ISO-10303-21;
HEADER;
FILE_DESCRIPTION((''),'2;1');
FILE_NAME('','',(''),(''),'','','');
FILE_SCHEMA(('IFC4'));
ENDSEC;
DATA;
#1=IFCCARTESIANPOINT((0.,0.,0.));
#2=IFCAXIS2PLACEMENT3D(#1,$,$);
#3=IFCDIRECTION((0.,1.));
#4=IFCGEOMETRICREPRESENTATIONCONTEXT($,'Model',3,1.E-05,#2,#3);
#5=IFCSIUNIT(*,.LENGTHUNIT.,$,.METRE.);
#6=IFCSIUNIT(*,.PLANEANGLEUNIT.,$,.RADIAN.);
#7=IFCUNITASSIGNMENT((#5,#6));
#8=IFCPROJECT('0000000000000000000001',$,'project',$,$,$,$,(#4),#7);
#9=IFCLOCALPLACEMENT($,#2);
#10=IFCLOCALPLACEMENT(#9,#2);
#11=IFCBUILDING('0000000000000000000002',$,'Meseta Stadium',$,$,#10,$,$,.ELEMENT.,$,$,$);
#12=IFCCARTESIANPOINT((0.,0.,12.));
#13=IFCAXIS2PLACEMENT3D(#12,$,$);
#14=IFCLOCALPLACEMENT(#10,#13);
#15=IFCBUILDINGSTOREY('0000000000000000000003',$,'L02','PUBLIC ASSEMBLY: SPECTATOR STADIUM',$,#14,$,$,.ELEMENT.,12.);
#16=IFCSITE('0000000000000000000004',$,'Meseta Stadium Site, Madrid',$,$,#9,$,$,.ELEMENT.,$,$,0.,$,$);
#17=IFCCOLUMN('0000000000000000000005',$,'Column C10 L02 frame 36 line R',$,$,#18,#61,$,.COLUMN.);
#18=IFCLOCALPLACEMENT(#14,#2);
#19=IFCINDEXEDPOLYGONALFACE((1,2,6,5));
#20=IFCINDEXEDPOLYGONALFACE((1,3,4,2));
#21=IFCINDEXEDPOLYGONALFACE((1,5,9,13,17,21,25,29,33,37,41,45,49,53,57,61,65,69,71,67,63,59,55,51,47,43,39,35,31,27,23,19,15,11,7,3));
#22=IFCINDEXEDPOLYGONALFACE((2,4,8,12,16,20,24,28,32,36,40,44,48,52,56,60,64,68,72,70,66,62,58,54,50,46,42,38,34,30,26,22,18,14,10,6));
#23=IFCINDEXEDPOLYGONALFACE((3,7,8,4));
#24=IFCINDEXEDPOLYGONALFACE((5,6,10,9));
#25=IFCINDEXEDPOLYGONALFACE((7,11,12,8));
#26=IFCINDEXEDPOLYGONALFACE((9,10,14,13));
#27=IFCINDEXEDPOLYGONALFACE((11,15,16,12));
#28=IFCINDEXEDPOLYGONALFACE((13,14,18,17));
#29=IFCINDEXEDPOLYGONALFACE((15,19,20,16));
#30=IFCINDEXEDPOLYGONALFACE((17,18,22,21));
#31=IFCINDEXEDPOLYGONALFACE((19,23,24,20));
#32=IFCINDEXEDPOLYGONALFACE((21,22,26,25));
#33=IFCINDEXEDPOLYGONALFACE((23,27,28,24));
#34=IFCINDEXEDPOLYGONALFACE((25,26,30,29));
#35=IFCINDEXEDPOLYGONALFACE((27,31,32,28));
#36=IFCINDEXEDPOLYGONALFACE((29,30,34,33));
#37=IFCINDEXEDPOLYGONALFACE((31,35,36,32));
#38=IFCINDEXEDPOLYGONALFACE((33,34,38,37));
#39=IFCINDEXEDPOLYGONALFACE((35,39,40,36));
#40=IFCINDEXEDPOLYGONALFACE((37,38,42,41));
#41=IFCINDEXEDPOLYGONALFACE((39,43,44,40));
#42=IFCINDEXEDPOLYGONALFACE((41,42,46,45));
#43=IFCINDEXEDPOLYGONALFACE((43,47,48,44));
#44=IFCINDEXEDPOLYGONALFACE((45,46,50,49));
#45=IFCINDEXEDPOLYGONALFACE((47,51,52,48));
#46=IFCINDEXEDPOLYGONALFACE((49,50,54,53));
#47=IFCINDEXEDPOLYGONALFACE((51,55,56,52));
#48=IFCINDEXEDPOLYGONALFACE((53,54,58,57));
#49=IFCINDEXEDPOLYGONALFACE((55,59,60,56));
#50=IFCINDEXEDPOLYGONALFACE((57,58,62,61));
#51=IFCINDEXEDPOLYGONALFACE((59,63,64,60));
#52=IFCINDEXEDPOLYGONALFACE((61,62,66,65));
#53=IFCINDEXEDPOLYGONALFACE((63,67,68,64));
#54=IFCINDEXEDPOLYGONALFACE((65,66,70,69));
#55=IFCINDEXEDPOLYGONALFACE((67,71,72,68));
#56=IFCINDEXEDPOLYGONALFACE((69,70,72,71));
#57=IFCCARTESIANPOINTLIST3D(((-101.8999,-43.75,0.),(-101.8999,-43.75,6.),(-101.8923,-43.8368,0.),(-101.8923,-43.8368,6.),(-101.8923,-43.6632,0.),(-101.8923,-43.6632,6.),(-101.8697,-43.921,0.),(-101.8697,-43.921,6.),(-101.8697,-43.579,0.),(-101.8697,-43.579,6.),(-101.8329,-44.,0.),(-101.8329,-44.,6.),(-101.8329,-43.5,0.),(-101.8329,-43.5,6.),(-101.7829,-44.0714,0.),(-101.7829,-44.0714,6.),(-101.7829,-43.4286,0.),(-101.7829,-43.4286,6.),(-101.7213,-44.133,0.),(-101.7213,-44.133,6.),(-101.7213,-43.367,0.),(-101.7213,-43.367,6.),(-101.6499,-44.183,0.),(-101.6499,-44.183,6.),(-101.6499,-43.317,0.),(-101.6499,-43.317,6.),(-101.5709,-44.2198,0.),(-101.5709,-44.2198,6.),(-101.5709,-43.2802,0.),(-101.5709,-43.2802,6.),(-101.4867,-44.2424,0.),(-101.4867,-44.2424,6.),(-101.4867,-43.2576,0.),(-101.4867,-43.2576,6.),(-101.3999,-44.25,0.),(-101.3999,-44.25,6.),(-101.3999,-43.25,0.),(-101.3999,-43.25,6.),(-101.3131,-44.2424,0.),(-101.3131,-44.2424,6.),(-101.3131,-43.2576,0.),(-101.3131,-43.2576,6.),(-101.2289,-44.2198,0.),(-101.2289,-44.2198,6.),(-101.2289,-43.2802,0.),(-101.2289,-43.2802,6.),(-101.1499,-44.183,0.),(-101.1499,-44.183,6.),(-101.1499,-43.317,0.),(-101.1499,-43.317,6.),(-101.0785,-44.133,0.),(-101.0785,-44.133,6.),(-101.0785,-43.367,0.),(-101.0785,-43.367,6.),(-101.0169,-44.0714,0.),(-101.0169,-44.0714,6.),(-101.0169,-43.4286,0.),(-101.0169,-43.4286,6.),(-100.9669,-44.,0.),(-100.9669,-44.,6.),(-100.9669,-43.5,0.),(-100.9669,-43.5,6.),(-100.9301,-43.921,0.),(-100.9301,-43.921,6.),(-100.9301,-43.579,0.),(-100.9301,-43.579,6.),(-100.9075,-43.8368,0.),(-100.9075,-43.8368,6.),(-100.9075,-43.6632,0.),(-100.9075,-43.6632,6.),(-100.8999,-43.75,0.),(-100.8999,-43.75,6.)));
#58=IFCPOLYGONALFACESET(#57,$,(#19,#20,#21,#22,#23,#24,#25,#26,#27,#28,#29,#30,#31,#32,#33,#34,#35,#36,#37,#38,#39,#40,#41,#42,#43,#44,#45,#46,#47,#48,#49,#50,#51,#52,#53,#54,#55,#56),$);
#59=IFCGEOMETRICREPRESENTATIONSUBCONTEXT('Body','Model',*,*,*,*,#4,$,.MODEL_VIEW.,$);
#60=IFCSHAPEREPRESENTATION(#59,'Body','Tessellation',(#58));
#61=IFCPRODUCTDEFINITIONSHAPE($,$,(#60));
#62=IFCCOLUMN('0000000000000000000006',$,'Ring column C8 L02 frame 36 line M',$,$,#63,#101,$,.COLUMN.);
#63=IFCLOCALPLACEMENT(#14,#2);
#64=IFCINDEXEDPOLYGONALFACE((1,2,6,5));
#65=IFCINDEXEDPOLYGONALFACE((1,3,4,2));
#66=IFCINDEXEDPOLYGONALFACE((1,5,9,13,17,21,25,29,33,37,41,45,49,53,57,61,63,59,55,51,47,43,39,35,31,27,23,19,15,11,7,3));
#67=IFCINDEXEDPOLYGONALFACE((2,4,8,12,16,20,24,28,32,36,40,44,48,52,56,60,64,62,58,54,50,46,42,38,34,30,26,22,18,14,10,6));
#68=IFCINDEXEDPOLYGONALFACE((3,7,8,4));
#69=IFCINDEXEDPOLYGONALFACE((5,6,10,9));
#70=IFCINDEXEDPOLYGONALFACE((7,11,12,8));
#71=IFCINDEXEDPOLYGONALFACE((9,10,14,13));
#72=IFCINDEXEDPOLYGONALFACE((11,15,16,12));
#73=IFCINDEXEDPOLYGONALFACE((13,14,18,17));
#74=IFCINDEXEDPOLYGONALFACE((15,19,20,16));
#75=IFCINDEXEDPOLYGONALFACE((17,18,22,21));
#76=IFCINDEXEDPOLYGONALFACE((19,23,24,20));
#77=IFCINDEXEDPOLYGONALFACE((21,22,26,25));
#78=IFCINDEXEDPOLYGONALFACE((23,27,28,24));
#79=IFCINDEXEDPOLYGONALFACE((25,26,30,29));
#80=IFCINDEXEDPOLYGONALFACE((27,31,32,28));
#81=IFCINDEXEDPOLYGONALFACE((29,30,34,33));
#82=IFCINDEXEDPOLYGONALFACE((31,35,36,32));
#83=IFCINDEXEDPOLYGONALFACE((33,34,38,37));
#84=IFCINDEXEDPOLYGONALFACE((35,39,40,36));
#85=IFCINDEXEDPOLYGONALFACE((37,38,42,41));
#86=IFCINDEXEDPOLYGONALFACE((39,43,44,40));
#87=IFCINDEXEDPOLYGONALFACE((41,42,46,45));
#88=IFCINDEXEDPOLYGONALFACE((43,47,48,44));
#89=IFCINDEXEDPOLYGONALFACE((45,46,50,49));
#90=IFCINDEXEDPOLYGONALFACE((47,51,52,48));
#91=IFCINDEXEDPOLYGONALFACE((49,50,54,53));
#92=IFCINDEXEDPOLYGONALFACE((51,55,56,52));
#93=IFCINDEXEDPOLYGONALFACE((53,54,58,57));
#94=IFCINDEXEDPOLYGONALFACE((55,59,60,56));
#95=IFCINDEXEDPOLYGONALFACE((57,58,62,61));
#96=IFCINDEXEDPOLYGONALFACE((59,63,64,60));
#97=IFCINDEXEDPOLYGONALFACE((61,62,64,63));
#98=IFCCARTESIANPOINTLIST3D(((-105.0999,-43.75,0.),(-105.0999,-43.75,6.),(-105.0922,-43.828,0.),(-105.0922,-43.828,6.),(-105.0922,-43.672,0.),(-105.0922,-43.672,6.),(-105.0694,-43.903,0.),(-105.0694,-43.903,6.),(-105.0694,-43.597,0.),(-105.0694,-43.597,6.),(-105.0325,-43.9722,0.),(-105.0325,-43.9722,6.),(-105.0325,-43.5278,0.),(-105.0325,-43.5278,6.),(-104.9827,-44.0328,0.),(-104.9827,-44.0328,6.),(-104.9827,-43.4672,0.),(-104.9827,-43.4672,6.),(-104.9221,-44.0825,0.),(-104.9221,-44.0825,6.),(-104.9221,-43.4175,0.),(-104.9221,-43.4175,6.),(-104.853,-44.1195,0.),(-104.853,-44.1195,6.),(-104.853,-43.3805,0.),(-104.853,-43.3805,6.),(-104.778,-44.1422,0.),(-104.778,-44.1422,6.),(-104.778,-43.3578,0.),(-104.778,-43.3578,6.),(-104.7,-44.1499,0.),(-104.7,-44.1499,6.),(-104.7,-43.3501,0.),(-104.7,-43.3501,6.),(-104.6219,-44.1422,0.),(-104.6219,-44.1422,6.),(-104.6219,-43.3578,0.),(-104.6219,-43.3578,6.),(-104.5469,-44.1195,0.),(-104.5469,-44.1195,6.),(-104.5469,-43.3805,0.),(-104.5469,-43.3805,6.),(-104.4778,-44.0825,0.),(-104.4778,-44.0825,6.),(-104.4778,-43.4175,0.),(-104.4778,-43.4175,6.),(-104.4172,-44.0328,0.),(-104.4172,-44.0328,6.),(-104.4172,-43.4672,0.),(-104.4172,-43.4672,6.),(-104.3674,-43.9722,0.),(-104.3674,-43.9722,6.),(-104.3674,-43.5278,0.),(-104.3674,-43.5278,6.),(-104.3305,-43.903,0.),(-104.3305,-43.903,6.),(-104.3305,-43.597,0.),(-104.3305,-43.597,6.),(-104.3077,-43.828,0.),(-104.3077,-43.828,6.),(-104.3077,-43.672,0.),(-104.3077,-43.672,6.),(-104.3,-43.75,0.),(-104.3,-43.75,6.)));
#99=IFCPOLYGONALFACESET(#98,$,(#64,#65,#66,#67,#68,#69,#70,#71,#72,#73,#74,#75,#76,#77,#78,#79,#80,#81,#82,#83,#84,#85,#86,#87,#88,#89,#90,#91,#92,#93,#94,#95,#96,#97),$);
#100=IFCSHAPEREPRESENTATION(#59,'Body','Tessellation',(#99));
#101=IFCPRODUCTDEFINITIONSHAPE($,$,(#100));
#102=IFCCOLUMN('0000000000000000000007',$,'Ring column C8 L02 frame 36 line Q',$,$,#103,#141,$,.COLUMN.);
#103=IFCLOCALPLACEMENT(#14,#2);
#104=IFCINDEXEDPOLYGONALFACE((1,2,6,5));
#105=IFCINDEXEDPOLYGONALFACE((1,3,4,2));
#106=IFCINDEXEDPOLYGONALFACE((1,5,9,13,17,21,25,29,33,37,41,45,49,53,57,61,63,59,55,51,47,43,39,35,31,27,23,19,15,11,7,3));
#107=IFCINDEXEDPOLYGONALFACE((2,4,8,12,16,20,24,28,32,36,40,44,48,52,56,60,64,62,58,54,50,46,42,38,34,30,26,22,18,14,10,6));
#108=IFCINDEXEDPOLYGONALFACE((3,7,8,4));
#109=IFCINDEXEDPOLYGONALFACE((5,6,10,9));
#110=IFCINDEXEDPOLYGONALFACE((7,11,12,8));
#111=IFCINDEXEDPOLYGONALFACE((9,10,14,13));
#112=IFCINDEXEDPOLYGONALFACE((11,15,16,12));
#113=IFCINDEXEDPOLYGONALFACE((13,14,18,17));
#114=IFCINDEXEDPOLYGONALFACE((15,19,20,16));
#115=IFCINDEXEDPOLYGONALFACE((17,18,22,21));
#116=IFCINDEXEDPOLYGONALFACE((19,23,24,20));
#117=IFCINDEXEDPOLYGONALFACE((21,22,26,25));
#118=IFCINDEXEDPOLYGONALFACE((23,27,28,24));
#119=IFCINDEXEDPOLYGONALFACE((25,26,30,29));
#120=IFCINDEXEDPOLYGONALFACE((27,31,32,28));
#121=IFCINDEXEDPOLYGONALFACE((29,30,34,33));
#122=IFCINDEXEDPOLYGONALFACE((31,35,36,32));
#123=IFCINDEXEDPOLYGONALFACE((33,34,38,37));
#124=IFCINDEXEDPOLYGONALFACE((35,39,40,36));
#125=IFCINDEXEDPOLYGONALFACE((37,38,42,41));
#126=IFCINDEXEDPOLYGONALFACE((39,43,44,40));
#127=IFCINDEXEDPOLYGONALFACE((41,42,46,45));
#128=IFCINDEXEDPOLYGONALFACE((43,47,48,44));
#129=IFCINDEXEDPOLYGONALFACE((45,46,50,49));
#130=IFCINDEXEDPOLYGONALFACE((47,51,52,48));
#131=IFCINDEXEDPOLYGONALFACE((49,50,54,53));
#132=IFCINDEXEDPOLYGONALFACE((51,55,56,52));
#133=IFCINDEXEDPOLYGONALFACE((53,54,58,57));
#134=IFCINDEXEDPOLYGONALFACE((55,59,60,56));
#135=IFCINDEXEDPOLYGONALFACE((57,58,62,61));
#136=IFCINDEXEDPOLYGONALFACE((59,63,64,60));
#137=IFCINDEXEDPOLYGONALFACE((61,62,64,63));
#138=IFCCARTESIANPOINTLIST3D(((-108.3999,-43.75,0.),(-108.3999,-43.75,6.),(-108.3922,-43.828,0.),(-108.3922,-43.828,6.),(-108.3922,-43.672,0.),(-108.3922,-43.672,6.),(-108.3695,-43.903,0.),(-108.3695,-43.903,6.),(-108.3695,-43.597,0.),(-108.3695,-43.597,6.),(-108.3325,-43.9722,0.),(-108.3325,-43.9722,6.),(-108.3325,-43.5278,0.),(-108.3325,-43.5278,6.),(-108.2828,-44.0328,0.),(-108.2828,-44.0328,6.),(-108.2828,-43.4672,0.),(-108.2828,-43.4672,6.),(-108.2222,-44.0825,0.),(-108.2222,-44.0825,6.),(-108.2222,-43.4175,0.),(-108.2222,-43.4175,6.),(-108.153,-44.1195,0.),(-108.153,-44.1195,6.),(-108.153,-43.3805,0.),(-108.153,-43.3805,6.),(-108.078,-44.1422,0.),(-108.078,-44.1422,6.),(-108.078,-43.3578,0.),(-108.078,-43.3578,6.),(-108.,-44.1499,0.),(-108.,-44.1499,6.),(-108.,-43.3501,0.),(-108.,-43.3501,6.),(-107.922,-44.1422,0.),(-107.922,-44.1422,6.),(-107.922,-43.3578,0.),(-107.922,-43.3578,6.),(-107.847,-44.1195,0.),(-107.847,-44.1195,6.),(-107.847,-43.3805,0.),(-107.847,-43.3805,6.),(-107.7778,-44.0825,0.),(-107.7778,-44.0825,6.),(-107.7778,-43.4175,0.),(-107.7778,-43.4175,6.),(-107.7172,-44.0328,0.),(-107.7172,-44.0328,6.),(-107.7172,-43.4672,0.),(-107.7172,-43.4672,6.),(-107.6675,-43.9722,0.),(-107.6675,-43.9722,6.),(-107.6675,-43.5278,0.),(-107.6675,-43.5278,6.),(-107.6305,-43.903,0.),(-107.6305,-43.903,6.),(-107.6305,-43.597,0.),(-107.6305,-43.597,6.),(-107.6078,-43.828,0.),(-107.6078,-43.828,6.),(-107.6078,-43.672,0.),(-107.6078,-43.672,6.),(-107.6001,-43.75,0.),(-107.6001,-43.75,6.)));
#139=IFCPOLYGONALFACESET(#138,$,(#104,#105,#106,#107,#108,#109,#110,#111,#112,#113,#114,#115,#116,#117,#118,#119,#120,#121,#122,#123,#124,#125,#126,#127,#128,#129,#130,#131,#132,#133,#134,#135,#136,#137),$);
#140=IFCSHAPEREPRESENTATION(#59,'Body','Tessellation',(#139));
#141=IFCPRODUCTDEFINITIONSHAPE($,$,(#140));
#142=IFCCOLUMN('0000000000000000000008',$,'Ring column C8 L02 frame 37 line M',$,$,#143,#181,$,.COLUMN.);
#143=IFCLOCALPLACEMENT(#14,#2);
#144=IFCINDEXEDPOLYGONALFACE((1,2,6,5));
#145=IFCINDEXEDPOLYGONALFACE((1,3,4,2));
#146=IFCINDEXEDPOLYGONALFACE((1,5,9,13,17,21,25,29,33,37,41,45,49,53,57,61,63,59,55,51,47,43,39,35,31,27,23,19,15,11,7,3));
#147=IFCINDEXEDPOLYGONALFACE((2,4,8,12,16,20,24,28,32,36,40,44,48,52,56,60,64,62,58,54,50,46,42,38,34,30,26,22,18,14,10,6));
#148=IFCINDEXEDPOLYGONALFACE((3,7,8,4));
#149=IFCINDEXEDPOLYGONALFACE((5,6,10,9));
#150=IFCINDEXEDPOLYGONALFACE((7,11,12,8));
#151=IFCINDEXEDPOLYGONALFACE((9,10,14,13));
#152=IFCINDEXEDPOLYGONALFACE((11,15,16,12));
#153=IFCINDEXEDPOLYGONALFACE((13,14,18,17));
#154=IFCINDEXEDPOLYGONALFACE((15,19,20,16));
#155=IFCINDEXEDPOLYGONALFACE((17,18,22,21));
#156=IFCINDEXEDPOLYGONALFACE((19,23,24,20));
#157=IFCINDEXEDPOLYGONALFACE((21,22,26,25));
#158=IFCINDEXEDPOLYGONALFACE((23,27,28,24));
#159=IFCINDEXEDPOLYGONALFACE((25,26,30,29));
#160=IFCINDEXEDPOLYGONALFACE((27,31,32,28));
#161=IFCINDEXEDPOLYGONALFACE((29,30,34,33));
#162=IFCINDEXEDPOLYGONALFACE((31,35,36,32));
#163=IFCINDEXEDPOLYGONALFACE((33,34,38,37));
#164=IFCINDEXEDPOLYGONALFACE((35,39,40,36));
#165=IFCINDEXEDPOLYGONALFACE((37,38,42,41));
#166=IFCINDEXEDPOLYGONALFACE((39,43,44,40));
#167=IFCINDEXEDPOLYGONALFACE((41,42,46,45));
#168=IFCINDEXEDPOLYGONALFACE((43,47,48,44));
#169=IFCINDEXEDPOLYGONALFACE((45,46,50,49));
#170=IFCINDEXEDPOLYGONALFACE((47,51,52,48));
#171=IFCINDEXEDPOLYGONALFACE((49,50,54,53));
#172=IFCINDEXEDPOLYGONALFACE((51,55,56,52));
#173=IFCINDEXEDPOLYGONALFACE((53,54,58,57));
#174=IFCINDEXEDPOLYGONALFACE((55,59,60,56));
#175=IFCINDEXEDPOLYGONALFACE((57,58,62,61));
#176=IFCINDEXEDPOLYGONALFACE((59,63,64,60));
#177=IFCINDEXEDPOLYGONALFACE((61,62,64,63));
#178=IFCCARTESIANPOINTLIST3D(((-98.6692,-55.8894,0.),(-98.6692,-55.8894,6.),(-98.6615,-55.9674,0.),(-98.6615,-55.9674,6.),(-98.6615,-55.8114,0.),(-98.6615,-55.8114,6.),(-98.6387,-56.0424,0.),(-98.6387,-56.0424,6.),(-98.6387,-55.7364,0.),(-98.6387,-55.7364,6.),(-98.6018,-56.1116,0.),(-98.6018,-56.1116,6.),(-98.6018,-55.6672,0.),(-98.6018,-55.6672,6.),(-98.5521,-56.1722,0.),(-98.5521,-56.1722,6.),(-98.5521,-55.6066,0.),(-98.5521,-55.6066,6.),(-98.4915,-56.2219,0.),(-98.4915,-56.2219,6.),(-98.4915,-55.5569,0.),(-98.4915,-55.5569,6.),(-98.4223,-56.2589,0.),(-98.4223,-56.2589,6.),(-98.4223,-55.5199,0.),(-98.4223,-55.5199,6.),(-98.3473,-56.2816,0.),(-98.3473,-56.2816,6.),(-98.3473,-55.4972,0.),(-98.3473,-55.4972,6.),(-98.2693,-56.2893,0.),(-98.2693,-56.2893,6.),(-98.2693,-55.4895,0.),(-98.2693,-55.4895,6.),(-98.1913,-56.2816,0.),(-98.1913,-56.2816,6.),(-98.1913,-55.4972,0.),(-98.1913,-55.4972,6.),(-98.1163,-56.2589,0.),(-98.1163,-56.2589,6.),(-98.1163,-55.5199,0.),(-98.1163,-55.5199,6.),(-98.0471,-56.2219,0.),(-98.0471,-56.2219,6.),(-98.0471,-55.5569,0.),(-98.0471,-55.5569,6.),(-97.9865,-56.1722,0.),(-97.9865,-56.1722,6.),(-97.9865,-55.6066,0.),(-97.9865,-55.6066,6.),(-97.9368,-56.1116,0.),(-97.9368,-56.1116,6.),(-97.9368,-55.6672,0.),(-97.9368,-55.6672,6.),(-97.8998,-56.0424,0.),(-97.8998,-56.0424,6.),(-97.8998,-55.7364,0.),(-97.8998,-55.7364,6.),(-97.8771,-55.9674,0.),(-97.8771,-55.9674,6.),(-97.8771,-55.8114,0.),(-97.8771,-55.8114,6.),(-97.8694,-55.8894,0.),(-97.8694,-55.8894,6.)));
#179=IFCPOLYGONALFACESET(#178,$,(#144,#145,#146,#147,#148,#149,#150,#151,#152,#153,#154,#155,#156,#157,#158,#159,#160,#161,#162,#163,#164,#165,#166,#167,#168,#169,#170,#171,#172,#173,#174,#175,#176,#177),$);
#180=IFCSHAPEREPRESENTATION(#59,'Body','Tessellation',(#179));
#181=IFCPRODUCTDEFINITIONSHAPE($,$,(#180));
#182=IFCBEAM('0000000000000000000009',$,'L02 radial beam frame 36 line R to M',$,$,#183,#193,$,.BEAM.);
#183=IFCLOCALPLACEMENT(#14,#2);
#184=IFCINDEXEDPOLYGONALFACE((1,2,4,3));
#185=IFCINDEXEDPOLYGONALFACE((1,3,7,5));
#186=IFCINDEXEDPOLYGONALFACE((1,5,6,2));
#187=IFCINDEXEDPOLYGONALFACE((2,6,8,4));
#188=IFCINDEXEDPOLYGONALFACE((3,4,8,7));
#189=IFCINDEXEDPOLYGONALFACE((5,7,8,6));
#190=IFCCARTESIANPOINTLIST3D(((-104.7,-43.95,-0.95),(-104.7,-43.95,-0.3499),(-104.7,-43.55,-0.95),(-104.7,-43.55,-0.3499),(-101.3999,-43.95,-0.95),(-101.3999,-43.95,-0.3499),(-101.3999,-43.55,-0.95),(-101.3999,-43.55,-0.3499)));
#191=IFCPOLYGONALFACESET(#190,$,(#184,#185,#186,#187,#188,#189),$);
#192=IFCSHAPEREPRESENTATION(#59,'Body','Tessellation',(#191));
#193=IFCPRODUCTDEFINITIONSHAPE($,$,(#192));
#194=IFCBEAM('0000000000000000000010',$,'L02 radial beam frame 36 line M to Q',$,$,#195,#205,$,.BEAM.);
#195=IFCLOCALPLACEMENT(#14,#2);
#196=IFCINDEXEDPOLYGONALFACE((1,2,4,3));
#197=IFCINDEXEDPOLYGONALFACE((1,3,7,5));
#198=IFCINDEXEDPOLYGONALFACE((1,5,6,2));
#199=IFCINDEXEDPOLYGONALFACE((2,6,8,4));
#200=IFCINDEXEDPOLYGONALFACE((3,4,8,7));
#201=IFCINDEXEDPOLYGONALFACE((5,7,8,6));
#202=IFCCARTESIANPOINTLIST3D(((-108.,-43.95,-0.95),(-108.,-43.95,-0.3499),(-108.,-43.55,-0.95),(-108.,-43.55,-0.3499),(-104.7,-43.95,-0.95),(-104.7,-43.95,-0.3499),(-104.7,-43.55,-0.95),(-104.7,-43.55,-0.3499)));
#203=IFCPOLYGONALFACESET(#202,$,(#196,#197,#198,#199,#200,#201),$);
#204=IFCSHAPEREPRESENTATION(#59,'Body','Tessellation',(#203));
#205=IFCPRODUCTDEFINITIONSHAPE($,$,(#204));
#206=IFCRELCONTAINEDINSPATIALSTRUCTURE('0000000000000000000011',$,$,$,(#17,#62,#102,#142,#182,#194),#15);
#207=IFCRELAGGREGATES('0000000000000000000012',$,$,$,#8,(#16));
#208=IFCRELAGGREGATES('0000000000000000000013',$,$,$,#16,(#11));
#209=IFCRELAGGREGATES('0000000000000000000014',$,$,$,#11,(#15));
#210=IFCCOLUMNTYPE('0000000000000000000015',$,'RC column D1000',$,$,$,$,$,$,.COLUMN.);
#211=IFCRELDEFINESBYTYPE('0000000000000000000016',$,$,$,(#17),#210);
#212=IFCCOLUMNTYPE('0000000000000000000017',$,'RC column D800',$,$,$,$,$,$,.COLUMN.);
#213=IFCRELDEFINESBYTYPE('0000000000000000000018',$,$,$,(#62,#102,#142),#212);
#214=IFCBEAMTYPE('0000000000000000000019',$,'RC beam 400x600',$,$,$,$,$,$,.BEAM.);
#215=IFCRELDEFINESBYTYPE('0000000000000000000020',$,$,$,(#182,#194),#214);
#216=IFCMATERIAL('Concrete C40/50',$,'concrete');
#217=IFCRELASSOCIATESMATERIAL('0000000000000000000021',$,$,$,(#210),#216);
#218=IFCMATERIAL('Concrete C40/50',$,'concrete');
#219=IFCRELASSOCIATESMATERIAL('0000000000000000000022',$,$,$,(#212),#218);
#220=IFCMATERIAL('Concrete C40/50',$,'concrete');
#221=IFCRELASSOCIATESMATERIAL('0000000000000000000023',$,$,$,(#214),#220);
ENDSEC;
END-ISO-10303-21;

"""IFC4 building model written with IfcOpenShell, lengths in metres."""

from ifc_helpers import new_model, si_unit, direction, frame, origin, origin_2d, place, context, subcontext, project, spatial, rectangle, circle, extrude, material, material_profile, profile_set, type_object, element, save


model = new_model("IFC4")

# Units and contexts
model_context = context("Model", 3, precision=1e-05, world=origin(), true_north=direction((0.0, 1.0)))
body_context = subcontext(model_context, "Body", "Model", "MODEL_VIEW")
ifc_project = project(units=[si_unit("LENGTHUNIT", "METRE"), si_unit("PLANEANGLEUNIT", "RADIAN")], contexts=[model_context])

# Site, building, storey
site_placement = place(None, origin())
site = spatial("IfcSite", under=ifc_project, at=site_placement, Name="Meseta Stadium Site, Madrid", CompositionType="ELEMENT", RefElevation=0.0)
building_placement = place(site_placement, origin())
building = spatial("IfcBuilding", under=site, at=building_placement, Name="Meseta Stadium", CompositionType="ELEMENT")
storey_placement = place(building_placement, frame((0.0, 0.0, 12.0)))
storey = spatial("IfcBuildingStorey", under=building, at=storey_placement, Name="L02", Description="PUBLIC ASSEMBLY: SPECTATOR STADIUM", CompositionType="ELEMENT", Elevation=12.0)

# Columns
ifc_material_1 = material(Name="Concrete C40/50", Category="concrete")
ifc_material_profile_1 = material_profile(ifc_material_1, circle(Radius=0.5, at=origin_2d()), Name="RC D1000")
ifc_profile_set_1 = profile_set([ifc_material_profile_1], Name="Concrete C40/50")
column_type_1 = type_object("IfcColumnType", Name="RC column D1000", PredefinedType="COLUMN", material=ifc_profile_set_1)
column_placement = place(storey_placement, frame((-101.3999, -43.75, 0.0), z_axis=(0.0, 0.0, 1.0), x_axis=(1.0, 0.0, 0.0)))
element("IfcColumn", 1, at=column_placement, inside=storey, type_object=column_type_1, Name="Column C10 L02 frame 36 line R", PredefinedType="COLUMN", context=body_context, shape_type="SweptSolid", body=[
    extrude(circle(Radius=0.5, at=origin_2d()), origin(), (0.0, 0.0, 1.0), 6.0),
])
ifc_material_2 = material(Name="Concrete C40/50", Category="concrete")
ifc_material_profile_2 = material_profile(ifc_material_2, circle(Radius=0.3999, at=origin_2d()), Name="RC D800")
ifc_profile_set_2 = profile_set([ifc_material_profile_2], Name="Concrete C40/50")
column_type_2 = type_object("IfcColumnType", Name="RC column D800", PredefinedType="COLUMN", material=ifc_profile_set_2)
for number, where, z_axis, x_axis, name in (
    (2, (-104.7, -43.75, 0.0), (0.0, 0.0, 1.0), (1.0, 0.0, 0.0), "Ring column C8 L02 frame 36 line M"),
    (3, (-108.0, -43.75, 0.0), (0.0, 0.0, 1.0), (1.0, 0.0, 0.0), "Ring column C8 L02 frame 36 line Q"),
    (4, (-98.2693, -55.8894, 0.0), (0.0, 0.0, 1.0), (1.0, 0.0, 0.0), "Ring column C8 L02 frame 37 line M"),
):
    element("IfcColumn", number, at=place(storey_placement, frame(where, z_axis=z_axis, x_axis=x_axis)), inside=storey, type_object=column_type_2, Name=name, PredefinedType="COLUMN", context=body_context, shape_type="SweptSolid", body=[
        extrude(circle(Radius=0.3999, at=origin_2d()), origin(), (0.0, 0.0, 1.0), 6.0),
    ])

# Beams
ifc_material_3 = material(Name="Concrete C40/50", Category="concrete")
ifc_material_profile_3 = material_profile(ifc_material_3, rectangle(XDim=0.3999, YDim=0.6001, at=origin_2d()), Name="RC 400x600")
ifc_profile_set_3 = profile_set([ifc_material_profile_3], Name="Concrete C40/50")
beam_type_1 = type_object("IfcBeamType", Name="RC beam 400x600", PredefinedType="BEAM", material=ifc_profile_set_3)
for number, where, z_axis, x_axis, name in (
    (5, (-101.3999, -43.75, -0.6499), (-1.0, 0.0, 0.0), (0.0, -1.0, 0.0), "L02 radial beam frame 36 line R to M"),
    (6, (-104.7, -43.75, -0.6499), (-1.0, 0.0, 0.0), (0.0, -1.0, 0.0), "L02 radial beam frame 36 line M to Q"),
):
    element("IfcBeam", number, at=place(storey_placement, frame(where, z_axis=z_axis, x_axis=x_axis)), inside=storey, type_object=beam_type_1, Name=name, PredefinedType="BEAM", context=body_context, shape_type="SweptSolid", body=[
        extrude(rectangle(XDim=0.3999, YDim=0.6001, at=origin_2d()), origin(), (0.0, 0.0, 1.0), 3.3),
    ])

save(model, "model.ifc")
